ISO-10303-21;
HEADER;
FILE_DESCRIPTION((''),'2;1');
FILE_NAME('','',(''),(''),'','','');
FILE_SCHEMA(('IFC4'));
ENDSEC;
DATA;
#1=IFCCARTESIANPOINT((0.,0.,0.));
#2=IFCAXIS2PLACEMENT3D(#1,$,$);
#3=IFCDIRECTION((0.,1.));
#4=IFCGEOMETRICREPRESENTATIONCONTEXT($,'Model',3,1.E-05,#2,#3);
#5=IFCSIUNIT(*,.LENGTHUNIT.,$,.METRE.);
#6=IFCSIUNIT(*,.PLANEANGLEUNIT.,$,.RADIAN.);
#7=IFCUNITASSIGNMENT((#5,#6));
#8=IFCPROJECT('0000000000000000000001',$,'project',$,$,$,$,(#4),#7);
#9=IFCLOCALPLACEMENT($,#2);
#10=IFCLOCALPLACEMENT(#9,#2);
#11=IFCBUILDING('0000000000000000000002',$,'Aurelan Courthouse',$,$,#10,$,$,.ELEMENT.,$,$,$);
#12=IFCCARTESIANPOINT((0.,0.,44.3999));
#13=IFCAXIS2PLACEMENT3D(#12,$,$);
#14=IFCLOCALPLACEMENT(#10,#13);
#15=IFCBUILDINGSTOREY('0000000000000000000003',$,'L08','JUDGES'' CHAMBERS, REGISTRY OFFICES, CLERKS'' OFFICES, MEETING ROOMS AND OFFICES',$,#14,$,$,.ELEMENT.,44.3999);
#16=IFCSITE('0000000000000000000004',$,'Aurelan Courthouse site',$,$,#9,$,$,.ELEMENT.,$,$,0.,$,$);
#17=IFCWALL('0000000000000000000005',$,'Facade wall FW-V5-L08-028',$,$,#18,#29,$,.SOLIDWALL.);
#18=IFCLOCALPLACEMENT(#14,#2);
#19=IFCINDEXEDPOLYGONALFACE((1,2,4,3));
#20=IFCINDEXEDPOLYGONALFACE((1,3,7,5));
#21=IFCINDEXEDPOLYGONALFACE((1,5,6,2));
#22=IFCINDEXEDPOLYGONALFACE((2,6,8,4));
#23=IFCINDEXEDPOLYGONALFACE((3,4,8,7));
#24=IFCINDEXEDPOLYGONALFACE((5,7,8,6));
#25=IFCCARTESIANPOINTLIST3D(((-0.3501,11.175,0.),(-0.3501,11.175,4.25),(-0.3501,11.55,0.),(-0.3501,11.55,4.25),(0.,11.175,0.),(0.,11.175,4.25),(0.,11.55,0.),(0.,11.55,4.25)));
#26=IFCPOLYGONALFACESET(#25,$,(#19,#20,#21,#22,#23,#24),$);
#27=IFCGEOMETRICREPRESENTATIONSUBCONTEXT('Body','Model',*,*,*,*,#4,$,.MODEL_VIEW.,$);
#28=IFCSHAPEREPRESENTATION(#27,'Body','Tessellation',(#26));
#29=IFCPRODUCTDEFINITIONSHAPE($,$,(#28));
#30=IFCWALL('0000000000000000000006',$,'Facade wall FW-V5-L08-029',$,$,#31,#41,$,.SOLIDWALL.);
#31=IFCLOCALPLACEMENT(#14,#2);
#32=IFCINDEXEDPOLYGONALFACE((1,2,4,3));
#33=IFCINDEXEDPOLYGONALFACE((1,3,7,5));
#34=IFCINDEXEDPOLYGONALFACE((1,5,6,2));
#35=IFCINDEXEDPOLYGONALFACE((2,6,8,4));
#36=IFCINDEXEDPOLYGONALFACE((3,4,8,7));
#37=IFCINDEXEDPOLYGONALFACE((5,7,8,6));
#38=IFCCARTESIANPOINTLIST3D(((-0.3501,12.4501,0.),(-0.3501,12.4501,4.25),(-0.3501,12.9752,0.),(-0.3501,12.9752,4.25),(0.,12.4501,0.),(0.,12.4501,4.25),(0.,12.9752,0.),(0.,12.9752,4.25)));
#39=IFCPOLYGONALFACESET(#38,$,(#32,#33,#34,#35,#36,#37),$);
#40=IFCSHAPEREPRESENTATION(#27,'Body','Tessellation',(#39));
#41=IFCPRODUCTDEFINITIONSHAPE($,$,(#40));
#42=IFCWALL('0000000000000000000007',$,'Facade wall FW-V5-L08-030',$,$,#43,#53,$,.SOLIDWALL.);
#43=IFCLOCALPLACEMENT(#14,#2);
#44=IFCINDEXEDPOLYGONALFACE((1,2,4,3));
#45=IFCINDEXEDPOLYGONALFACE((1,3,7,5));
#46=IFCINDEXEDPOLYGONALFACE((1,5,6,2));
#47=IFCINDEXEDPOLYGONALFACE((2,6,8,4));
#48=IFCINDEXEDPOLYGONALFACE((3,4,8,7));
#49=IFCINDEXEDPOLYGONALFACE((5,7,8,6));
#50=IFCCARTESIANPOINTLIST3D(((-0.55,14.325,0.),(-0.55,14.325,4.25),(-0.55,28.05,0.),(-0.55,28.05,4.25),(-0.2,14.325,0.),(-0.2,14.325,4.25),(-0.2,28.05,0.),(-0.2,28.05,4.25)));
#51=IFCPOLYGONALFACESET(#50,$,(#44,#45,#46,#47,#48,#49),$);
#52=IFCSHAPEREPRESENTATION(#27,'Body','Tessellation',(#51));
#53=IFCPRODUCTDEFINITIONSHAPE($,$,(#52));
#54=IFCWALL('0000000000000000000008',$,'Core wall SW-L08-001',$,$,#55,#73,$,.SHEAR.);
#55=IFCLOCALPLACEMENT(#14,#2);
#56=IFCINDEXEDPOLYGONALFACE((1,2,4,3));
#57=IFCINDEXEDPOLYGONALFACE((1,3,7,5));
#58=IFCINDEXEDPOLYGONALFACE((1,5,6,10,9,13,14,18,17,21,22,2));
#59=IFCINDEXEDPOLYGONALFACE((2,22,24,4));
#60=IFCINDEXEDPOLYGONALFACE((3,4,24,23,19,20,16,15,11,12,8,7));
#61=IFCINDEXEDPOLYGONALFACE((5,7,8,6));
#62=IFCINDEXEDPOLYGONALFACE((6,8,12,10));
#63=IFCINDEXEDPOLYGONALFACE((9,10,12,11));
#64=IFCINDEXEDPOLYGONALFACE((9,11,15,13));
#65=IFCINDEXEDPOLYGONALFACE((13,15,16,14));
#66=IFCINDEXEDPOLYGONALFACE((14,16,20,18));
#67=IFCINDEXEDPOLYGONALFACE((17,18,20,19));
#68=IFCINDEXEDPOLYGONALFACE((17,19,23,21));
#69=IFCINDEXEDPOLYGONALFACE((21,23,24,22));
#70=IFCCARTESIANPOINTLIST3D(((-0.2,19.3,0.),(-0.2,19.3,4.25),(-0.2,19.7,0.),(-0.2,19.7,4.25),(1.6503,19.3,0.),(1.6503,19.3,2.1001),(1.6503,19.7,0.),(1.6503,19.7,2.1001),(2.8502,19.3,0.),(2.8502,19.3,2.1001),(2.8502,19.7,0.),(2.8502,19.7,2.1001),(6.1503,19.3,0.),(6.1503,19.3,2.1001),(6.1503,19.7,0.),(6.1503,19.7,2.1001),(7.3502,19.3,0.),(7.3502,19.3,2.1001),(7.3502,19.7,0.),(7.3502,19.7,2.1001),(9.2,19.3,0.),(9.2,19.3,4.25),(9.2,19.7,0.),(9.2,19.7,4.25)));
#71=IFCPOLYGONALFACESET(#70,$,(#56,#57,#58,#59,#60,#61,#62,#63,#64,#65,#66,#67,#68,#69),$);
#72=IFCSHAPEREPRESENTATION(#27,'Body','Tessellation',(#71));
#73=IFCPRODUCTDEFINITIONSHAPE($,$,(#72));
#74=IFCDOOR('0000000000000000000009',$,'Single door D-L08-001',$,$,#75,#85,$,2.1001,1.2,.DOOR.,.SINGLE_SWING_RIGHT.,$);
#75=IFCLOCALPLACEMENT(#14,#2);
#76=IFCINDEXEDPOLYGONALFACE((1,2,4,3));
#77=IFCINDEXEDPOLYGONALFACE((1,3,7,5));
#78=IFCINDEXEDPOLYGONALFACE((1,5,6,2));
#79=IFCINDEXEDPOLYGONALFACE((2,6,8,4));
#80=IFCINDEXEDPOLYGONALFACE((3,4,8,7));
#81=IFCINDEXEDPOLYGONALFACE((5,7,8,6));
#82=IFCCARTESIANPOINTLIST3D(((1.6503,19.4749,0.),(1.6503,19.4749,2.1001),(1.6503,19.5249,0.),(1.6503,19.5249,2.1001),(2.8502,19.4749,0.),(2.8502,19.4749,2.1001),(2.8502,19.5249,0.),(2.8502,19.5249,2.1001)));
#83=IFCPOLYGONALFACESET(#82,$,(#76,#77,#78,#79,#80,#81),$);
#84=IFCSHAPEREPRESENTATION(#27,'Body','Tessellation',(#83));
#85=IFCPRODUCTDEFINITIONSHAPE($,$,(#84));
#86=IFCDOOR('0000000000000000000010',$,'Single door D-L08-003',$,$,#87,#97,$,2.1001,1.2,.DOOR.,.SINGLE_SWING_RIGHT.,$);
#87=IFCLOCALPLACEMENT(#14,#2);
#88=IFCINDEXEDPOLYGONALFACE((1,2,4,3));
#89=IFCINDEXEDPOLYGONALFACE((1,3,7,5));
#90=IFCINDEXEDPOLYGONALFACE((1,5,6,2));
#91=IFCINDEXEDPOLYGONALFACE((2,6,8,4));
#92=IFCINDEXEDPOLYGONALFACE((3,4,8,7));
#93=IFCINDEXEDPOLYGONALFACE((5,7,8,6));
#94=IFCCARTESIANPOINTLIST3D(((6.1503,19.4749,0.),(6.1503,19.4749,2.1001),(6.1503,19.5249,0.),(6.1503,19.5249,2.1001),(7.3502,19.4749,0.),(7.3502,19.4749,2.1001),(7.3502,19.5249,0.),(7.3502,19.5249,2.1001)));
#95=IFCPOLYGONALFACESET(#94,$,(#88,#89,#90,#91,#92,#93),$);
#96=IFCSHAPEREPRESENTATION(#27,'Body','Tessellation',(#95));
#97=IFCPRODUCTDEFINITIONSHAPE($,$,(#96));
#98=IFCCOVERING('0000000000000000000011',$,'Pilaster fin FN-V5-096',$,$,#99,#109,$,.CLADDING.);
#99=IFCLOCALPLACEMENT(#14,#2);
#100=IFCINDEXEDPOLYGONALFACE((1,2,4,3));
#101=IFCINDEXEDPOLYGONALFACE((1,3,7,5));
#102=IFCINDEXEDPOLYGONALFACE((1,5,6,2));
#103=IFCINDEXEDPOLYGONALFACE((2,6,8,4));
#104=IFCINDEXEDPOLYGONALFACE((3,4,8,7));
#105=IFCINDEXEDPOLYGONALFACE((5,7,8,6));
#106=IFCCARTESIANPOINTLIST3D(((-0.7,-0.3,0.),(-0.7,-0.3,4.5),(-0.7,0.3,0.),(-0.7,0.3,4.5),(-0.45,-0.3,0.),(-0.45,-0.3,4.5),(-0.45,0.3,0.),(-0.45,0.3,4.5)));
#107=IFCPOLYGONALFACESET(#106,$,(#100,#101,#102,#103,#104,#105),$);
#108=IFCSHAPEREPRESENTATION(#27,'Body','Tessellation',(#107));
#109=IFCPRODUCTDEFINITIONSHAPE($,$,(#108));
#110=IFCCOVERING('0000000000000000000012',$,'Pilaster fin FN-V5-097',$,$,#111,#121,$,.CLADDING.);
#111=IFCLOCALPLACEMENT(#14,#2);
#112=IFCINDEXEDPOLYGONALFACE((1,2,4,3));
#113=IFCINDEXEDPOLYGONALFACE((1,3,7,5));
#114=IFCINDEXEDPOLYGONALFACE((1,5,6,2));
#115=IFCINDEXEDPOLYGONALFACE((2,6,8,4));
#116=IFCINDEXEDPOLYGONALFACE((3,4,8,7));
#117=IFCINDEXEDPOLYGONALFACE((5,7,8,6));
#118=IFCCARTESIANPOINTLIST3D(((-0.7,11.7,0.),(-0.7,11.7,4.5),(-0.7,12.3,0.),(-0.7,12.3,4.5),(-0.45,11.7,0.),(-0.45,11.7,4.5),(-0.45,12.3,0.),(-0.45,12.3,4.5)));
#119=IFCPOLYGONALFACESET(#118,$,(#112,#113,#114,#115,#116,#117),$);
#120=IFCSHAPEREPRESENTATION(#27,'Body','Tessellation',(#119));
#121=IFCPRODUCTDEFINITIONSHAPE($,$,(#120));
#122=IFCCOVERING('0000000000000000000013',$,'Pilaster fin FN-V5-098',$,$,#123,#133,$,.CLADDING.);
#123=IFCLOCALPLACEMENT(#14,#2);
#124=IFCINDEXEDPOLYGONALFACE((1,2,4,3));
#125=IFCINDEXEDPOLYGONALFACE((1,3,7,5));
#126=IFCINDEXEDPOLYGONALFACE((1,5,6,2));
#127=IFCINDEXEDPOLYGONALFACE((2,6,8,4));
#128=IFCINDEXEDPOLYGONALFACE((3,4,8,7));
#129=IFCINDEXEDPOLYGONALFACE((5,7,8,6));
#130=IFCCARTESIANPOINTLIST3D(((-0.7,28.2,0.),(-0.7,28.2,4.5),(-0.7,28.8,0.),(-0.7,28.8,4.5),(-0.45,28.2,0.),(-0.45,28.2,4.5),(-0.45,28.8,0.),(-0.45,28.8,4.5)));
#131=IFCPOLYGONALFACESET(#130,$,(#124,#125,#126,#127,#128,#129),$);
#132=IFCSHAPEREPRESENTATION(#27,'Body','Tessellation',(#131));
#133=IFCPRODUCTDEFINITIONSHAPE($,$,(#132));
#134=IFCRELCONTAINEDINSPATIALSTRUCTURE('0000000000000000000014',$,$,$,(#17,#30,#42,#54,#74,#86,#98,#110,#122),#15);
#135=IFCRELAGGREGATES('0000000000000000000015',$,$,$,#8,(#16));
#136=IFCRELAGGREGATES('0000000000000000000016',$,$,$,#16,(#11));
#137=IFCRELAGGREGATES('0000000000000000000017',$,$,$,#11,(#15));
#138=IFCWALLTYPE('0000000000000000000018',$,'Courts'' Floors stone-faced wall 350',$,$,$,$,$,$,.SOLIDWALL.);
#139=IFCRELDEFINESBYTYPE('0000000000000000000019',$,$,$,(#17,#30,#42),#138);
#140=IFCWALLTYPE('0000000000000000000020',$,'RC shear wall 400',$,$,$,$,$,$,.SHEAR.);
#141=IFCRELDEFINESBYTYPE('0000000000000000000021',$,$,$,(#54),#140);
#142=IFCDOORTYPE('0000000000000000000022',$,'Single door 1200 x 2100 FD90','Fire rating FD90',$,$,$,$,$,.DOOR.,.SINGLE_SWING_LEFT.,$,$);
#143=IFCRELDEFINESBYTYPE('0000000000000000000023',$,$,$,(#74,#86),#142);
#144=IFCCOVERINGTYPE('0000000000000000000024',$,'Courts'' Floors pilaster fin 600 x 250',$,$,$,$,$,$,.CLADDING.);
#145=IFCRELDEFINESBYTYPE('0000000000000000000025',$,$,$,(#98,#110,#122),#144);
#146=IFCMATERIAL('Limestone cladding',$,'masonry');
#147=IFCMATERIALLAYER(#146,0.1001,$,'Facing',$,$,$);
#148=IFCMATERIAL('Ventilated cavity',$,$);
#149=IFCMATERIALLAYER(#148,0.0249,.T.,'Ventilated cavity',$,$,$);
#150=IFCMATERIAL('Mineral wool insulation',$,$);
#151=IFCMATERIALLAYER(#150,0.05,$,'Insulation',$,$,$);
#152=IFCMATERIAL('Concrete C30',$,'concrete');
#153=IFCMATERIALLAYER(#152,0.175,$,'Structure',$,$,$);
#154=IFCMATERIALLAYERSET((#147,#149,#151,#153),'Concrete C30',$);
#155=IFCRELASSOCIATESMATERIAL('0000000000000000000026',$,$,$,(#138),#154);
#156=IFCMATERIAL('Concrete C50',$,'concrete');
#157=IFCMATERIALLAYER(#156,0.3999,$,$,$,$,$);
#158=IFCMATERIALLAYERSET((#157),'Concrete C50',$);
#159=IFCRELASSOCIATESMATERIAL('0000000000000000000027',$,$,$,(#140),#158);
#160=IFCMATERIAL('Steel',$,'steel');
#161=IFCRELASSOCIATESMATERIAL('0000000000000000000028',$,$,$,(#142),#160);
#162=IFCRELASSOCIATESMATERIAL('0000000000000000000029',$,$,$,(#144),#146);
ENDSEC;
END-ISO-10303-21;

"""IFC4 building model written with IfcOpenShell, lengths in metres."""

from ifc_helpers import new_model, si_unit, direction, frame, frame_2d, origin, origin_2d, place, context, subcontext, project, spatial, rectangle, extrude, material, layer, layer_set, type_object, element, fill, save


model = new_model("IFC4")

# Units and contexts
model_context = context("Model", 3, precision=1e-05, world=origin(), true_north=direction((0.0, 1.0)))
body_context = subcontext(model_context, "Body", "Model", "MODEL_VIEW")
ifc_project = project(units=[si_unit("LENGTHUNIT", "METRE"), si_unit("PLANEANGLEUNIT", "RADIAN")], contexts=[model_context])

# Site, building, storey
site_placement = place(None, origin())
site = spatial("IfcSite", under=ifc_project, at=site_placement, Name="Aurelan Courthouse site", CompositionType="ELEMENT", RefElevation=0.0)
building_placement = place(site_placement, origin())
building = spatial("IfcBuilding", under=site, at=building_placement, Name="Aurelan Courthouse", CompositionType="ELEMENT")
storey_placement = place(building_placement, frame((0.0, 0.0, 44.3999)))
storey = spatial("IfcBuildingStorey", under=building, at=storey_placement, Name="L08", Description="JUDGES' CHAMBERS, REGISTRY OFFICES, CLERKS' OFFICES, MEETING ROOMS AND OFFICES", CompositionType="ELEMENT", Elevation=44.3999)

# Shared definitions
ifc_material_1 = material(Name="Concrete C50", Category="concrete")

# Shared definitions
ifc_material_2 = material(Name="Concrete C30", Category="concrete")

# Shared definitions
ifc_material_3 = material(Name="Steel", Category="steel")

# Walls
ifc_material_4 = material(Name="Limestone cladding", Category="masonry")
ifc_layer_1 = layer(ifc_material_4, 0.1001, Name="Facing")
ifc_material_5 = material(Name="Ventilated cavity")
ifc_layer_2 = layer(ifc_material_5, 0.0249, ventilated=True, Name="Ventilated cavity")
ifc_material_6 = material(Name="Mineral wool insulation")
ifc_layer_3 = layer(ifc_material_6, 0.05, Name="Insulation")
ifc_layer_4 = layer(ifc_material_2, 0.175, Name="Structure")
ifc_layer_set_1 = layer_set([ifc_layer_1, ifc_layer_2, ifc_layer_3, ifc_layer_4], Name="Concrete C30")
wall_type_1 = type_object("IfcWallType", Name="Courts' Floors stone-faced wall 350", PredefinedType="SOLIDWALL", material=ifc_layer_set_1)
wall_1_placement = place(storey_placement, frame((-0.175, 11.175, 0.0), z_axis=(0.0, 0.0, 1.0), x_axis=(0.0, 1.0, 0.0)))
element("IfcWall", 1, at=wall_1_placement, inside=storey, type_object=wall_type_1, Name="Facade wall FW-V5-L08-028", PredefinedType="SOLIDWALL", context=body_context, shape_type="SweptSolid", body=[
    extrude(rectangle(XDim=0.375, YDim=0.3501, at=frame_2d((0.1875, 0.0))), origin(), (0.0, 0.0, 1.0), 4.25),
])
wall_2_placement = place(storey_placement, frame((-0.175, 12.45, 0.0), z_axis=(0.0, 0.0, 1.0), x_axis=(0.0, 1.0, 0.0)))
element("IfcWall", 2, at=wall_2_placement, inside=storey, type_object=wall_type_1, Name="Facade wall FW-V5-L08-029", PredefinedType="SOLIDWALL", context=body_context, shape_type="SweptSolid", body=[
    extrude(rectangle(XDim=0.5251, YDim=0.3501, at=frame_2d((0.2627, 0.0))), origin(), (0.0, 0.0, 1.0), 4.25),
])
wall_3_placement = place(storey_placement, frame((-0.375, 14.325, 0.0), z_axis=(0.0, 0.0, 1.0), x_axis=(0.0, 1.0, 0.0)))
element("IfcWall", 3, at=wall_3_placement, inside=storey, type_object=wall_type_1, Name="Facade wall FW-V5-L08-030", PredefinedType="SOLIDWALL", context=body_context, shape_type="SweptSolid", body=[
    extrude(rectangle(XDim=13.7251, YDim=0.3501, at=frame_2d((6.8625, 0.0))), origin(), (0.0, 0.0, 1.0), 4.25),
])

# Wall, openings, doors
ifc_layer_5 = layer(ifc_material_1, 0.3999)
ifc_layer_set_2 = layer_set([ifc_layer_5], Name="Concrete C50")
wall_type_2 = type_object("IfcWallType", Name="RC shear wall 400", PredefinedType="SHEAR", material=ifc_layer_set_2)
wall_4_placement = place(storey_placement, frame((-0.2, 19.5, 0.0), z_axis=(0.0, 0.0, 1.0), x_axis=(1.0, 0.0, 0.0)))
wall_4 = element("IfcWall", 4, at=wall_4_placement, inside=storey, type_object=wall_type_2, Name="Core wall SW-L08-001", PredefinedType="SHEAR", context=body_context, shape_type="SweptSolid", body=[
    extrude(rectangle(XDim=9.3999, YDim=0.3999, at=frame_2d((4.7, 0.0))), origin(), (0.0, 0.0, 1.0), 4.25),
])
opening_1_placement = place(wall_4_placement, frame((1.8501, 0.0, 0.0)))
opening_1 = element("IfcOpeningElement", 5, at=opening_1_placement, cuts=wall_4, PredefinedType="OPENING", context=body_context, shape_type="SweptSolid", body=[
    extrude(rectangle(XDim=1.2, YDim=2.1001, at=frame_2d((0.6001, 1.05))), frame((0.0, 0.21, 0.0), z_axis=(0.0, -1.0, 0.0), x_axis=(1.0, 0.0, 0.0)), (0.0, 0.0, 1.0), 0.4199),
])
opening_2_placement = place(wall_4_placement, frame((6.3501, 0.0, 0.0)))
opening_2 = element("IfcOpeningElement", 6, at=opening_2_placement, cuts=wall_4, PredefinedType="OPENING", context=body_context, shape_type="SweptSolid", body=[
    extrude(rectangle(XDim=1.2, YDim=2.1001, at=frame_2d((0.6001, 1.05))), frame((0.0, 0.21, 0.0), z_axis=(0.0, -1.0, 0.0), x_axis=(1.0, 0.0, 0.0)), (0.0, 0.0, 1.0), 0.4199),
])
door_type_1 = type_object("IfcDoorType", Name="Single door 1200 x 2100 FD90", Description="Fire rating FD90", OperationType="SINGLE_SWING_LEFT", PredefinedType="DOOR", material=ifc_material_3)
door_1_placement = place(opening_1_placement, origin())
door_1 = element("IfcDoor", 7, at=door_1_placement, inside=storey, type_object=door_type_1, Name="Single door D-L08-001", OperationType="SINGLE_SWING_RIGHT", OverallHeight=2.1001, OverallWidth=1.2, PredefinedType="DOOR", context=body_context, shape_type="SweptSolid", body=[
    extrude(rectangle(XDim=1.2, YDim=2.1001, at=frame_2d((0.6001, 1.05))), frame((0.0, 0.0249, 0.0), z_axis=(0.0, -1.0, 0.0), x_axis=(1.0, 0.0, 0.0)), (0.0, 0.0, 1.0), 0.05),
])
fill(opening_1, door_1)
door_2_placement = place(opening_2_placement, origin())
door_2 = element("IfcDoor", 8, at=door_2_placement, inside=storey, type_object=door_type_1, Name="Single door D-L08-003", OperationType="SINGLE_SWING_RIGHT", OverallHeight=2.1001, OverallWidth=1.2, PredefinedType="DOOR", context=body_context, shape_type="SweptSolid", body=[
    extrude(rectangle(XDim=1.2, YDim=2.1001, at=frame_2d((0.6001, 1.05))), frame((0.0, 0.0249, 0.0), z_axis=(0.0, -1.0, 0.0), x_axis=(1.0, 0.0, 0.0)), (0.0, 0.0, 1.0), 0.05),
])
fill(opening_2, door_2)

# Coverings
covering_type = type_object("IfcCoveringType", Name="Courts' Floors pilaster fin 600 x 250", PredefinedType="CLADDING", material=ifc_material_4)
for number, where, z_axis, x_axis, name in (
    (9, (-0.575, 0.0, 0.0), (0.0, 0.0, 1.0), (1.0, 0.0, 0.0), "Pilaster fin FN-V5-096"),
    (10, (-0.575, 12.0, 0.0), (0.0, 0.0, 1.0), (1.0, 0.0, 0.0), "Pilaster fin FN-V5-097"),
    (11, (-0.575, 28.5, 0.0), (0.0, 0.0, 1.0), (1.0, 0.0, 0.0), "Pilaster fin FN-V5-098"),
):
    element("IfcCovering", number, at=place(storey_placement, frame(where, z_axis=z_axis, x_axis=x_axis)), inside=storey, type_object=covering_type, Name=name, PredefinedType="CLADDING", context=body_context, shape_type="SweptSolid", body=[
        extrude(rectangle(XDim=0.25, YDim=0.6001, at=origin_2d()), origin(), (0.0, 0.0, 1.0), 4.5),
    ])

save(model, "model.ifc")
